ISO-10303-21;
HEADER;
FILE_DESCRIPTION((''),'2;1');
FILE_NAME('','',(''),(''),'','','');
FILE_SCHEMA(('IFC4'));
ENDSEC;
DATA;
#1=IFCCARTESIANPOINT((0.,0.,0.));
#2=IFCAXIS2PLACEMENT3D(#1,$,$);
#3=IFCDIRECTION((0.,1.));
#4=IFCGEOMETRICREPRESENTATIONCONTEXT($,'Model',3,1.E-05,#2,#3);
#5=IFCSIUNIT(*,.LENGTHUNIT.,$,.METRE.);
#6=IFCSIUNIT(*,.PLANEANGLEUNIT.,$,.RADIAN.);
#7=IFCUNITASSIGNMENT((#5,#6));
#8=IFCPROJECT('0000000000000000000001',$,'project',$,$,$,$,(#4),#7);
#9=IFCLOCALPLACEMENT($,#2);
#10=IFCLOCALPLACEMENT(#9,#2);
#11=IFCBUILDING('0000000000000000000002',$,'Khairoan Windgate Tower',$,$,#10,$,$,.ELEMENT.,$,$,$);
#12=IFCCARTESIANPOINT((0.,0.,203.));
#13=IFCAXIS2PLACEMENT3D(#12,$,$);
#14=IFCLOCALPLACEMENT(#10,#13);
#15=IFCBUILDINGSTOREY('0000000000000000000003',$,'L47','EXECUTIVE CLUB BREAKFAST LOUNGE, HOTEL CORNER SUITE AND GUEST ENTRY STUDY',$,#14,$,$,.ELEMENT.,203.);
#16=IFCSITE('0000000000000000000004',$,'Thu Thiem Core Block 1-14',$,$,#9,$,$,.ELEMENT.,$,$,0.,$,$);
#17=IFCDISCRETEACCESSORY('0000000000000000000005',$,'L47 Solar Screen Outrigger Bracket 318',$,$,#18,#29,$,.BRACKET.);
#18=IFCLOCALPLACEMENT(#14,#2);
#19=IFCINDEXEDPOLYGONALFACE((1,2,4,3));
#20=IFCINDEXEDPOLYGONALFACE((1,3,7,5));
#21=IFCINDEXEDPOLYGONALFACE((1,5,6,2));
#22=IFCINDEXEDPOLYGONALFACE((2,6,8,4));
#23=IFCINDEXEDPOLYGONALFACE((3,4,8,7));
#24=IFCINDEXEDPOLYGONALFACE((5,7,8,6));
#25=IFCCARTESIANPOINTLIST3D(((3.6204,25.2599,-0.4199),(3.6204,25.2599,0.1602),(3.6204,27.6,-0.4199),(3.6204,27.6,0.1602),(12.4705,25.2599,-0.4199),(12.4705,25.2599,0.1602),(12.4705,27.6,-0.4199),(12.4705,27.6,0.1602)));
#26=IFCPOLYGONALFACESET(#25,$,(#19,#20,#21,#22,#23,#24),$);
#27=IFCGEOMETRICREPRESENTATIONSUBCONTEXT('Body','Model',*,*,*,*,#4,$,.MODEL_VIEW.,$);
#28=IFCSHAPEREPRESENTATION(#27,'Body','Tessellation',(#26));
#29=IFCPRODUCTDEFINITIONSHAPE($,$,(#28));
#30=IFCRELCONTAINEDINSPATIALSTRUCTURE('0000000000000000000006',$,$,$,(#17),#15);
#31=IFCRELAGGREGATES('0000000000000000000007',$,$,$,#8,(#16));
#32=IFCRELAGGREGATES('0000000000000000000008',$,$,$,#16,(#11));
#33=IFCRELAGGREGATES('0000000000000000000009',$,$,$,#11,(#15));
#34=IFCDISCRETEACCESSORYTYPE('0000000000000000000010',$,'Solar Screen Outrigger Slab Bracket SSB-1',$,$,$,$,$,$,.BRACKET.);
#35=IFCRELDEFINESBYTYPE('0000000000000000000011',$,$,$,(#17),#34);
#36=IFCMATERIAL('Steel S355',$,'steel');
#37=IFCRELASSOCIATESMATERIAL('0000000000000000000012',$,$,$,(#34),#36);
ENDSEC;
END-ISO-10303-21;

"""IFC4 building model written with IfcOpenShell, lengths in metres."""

from ifc_helpers import new_model, si_unit, direction, frame, origin, origin_2d, place, context, subcontext, project, spatial, rectangle, extrude, material, type_object, element, save


model = new_model("IFC4")

# Units and contexts
model_context = context("Model", 3, precision=1e-05, world=origin(), true_north=direction((0.0, 1.0)))
body_context = subcontext(model_context, "Body", "Model", "MODEL_VIEW")
ifc_project = project(units=[si_unit("LENGTHUNIT", "METRE"), si_unit("PLANEANGLEUNIT", "RADIAN")], contexts=[model_context])

# Site, building, storey
site_placement = place(None, origin())
site = spatial("IfcSite", under=ifc_project, at=site_placement, Name="Thu Thiem Core Block 1-14", CompositionType="ELEMENT", RefElevation=0.0)
building_placement = place(site_placement, origin())
building = spatial("IfcBuilding", under=site, at=building_placement, Name="Khairoan Windgate Tower", CompositionType="ELEMENT")
storey_placement = place(building_placement, frame((0.0, 0.0, 203.0)))
storey = spatial("IfcBuildingStorey", under=building, at=storey_placement, Name="L47", Description="EXECUTIVE CLUB BREAKFAST LOUNGE, HOTEL CORNER SUITE AND GUEST ENTRY STUDY", CompositionType="ELEMENT", Elevation=203.0)

# Discrete accessory
ifc_material_1 = material(Name="Steel S355", Category="steel")
discrete_accessory_type = type_object("IfcDiscreteAccessoryType", Name="Solar Screen Outrigger Slab Bracket SSB-1", PredefinedType="BRACKET", material=ifc_material_1)
discrete_accessory_placement = place(storey_placement, frame((8.0454, 26.4299, -0.4199), z_axis=(0.0, 0.0, 1.0), x_axis=(1.0, 0.0, 0.0)))
element("IfcDiscreteAccessory", 1, at=discrete_accessory_placement, inside=storey, type_object=discrete_accessory_type, Name="L47 Solar Screen Outrigger Bracket 318", PredefinedType="BRACKET", context=body_context, shape_type="SweptSolid", body=[
    extrude(rectangle(XDim=8.8501, YDim=2.3401, at=origin_2d()), origin(), (0.0, 0.0, 1.0), 0.5801),
])

save(model, "model.ifc")
